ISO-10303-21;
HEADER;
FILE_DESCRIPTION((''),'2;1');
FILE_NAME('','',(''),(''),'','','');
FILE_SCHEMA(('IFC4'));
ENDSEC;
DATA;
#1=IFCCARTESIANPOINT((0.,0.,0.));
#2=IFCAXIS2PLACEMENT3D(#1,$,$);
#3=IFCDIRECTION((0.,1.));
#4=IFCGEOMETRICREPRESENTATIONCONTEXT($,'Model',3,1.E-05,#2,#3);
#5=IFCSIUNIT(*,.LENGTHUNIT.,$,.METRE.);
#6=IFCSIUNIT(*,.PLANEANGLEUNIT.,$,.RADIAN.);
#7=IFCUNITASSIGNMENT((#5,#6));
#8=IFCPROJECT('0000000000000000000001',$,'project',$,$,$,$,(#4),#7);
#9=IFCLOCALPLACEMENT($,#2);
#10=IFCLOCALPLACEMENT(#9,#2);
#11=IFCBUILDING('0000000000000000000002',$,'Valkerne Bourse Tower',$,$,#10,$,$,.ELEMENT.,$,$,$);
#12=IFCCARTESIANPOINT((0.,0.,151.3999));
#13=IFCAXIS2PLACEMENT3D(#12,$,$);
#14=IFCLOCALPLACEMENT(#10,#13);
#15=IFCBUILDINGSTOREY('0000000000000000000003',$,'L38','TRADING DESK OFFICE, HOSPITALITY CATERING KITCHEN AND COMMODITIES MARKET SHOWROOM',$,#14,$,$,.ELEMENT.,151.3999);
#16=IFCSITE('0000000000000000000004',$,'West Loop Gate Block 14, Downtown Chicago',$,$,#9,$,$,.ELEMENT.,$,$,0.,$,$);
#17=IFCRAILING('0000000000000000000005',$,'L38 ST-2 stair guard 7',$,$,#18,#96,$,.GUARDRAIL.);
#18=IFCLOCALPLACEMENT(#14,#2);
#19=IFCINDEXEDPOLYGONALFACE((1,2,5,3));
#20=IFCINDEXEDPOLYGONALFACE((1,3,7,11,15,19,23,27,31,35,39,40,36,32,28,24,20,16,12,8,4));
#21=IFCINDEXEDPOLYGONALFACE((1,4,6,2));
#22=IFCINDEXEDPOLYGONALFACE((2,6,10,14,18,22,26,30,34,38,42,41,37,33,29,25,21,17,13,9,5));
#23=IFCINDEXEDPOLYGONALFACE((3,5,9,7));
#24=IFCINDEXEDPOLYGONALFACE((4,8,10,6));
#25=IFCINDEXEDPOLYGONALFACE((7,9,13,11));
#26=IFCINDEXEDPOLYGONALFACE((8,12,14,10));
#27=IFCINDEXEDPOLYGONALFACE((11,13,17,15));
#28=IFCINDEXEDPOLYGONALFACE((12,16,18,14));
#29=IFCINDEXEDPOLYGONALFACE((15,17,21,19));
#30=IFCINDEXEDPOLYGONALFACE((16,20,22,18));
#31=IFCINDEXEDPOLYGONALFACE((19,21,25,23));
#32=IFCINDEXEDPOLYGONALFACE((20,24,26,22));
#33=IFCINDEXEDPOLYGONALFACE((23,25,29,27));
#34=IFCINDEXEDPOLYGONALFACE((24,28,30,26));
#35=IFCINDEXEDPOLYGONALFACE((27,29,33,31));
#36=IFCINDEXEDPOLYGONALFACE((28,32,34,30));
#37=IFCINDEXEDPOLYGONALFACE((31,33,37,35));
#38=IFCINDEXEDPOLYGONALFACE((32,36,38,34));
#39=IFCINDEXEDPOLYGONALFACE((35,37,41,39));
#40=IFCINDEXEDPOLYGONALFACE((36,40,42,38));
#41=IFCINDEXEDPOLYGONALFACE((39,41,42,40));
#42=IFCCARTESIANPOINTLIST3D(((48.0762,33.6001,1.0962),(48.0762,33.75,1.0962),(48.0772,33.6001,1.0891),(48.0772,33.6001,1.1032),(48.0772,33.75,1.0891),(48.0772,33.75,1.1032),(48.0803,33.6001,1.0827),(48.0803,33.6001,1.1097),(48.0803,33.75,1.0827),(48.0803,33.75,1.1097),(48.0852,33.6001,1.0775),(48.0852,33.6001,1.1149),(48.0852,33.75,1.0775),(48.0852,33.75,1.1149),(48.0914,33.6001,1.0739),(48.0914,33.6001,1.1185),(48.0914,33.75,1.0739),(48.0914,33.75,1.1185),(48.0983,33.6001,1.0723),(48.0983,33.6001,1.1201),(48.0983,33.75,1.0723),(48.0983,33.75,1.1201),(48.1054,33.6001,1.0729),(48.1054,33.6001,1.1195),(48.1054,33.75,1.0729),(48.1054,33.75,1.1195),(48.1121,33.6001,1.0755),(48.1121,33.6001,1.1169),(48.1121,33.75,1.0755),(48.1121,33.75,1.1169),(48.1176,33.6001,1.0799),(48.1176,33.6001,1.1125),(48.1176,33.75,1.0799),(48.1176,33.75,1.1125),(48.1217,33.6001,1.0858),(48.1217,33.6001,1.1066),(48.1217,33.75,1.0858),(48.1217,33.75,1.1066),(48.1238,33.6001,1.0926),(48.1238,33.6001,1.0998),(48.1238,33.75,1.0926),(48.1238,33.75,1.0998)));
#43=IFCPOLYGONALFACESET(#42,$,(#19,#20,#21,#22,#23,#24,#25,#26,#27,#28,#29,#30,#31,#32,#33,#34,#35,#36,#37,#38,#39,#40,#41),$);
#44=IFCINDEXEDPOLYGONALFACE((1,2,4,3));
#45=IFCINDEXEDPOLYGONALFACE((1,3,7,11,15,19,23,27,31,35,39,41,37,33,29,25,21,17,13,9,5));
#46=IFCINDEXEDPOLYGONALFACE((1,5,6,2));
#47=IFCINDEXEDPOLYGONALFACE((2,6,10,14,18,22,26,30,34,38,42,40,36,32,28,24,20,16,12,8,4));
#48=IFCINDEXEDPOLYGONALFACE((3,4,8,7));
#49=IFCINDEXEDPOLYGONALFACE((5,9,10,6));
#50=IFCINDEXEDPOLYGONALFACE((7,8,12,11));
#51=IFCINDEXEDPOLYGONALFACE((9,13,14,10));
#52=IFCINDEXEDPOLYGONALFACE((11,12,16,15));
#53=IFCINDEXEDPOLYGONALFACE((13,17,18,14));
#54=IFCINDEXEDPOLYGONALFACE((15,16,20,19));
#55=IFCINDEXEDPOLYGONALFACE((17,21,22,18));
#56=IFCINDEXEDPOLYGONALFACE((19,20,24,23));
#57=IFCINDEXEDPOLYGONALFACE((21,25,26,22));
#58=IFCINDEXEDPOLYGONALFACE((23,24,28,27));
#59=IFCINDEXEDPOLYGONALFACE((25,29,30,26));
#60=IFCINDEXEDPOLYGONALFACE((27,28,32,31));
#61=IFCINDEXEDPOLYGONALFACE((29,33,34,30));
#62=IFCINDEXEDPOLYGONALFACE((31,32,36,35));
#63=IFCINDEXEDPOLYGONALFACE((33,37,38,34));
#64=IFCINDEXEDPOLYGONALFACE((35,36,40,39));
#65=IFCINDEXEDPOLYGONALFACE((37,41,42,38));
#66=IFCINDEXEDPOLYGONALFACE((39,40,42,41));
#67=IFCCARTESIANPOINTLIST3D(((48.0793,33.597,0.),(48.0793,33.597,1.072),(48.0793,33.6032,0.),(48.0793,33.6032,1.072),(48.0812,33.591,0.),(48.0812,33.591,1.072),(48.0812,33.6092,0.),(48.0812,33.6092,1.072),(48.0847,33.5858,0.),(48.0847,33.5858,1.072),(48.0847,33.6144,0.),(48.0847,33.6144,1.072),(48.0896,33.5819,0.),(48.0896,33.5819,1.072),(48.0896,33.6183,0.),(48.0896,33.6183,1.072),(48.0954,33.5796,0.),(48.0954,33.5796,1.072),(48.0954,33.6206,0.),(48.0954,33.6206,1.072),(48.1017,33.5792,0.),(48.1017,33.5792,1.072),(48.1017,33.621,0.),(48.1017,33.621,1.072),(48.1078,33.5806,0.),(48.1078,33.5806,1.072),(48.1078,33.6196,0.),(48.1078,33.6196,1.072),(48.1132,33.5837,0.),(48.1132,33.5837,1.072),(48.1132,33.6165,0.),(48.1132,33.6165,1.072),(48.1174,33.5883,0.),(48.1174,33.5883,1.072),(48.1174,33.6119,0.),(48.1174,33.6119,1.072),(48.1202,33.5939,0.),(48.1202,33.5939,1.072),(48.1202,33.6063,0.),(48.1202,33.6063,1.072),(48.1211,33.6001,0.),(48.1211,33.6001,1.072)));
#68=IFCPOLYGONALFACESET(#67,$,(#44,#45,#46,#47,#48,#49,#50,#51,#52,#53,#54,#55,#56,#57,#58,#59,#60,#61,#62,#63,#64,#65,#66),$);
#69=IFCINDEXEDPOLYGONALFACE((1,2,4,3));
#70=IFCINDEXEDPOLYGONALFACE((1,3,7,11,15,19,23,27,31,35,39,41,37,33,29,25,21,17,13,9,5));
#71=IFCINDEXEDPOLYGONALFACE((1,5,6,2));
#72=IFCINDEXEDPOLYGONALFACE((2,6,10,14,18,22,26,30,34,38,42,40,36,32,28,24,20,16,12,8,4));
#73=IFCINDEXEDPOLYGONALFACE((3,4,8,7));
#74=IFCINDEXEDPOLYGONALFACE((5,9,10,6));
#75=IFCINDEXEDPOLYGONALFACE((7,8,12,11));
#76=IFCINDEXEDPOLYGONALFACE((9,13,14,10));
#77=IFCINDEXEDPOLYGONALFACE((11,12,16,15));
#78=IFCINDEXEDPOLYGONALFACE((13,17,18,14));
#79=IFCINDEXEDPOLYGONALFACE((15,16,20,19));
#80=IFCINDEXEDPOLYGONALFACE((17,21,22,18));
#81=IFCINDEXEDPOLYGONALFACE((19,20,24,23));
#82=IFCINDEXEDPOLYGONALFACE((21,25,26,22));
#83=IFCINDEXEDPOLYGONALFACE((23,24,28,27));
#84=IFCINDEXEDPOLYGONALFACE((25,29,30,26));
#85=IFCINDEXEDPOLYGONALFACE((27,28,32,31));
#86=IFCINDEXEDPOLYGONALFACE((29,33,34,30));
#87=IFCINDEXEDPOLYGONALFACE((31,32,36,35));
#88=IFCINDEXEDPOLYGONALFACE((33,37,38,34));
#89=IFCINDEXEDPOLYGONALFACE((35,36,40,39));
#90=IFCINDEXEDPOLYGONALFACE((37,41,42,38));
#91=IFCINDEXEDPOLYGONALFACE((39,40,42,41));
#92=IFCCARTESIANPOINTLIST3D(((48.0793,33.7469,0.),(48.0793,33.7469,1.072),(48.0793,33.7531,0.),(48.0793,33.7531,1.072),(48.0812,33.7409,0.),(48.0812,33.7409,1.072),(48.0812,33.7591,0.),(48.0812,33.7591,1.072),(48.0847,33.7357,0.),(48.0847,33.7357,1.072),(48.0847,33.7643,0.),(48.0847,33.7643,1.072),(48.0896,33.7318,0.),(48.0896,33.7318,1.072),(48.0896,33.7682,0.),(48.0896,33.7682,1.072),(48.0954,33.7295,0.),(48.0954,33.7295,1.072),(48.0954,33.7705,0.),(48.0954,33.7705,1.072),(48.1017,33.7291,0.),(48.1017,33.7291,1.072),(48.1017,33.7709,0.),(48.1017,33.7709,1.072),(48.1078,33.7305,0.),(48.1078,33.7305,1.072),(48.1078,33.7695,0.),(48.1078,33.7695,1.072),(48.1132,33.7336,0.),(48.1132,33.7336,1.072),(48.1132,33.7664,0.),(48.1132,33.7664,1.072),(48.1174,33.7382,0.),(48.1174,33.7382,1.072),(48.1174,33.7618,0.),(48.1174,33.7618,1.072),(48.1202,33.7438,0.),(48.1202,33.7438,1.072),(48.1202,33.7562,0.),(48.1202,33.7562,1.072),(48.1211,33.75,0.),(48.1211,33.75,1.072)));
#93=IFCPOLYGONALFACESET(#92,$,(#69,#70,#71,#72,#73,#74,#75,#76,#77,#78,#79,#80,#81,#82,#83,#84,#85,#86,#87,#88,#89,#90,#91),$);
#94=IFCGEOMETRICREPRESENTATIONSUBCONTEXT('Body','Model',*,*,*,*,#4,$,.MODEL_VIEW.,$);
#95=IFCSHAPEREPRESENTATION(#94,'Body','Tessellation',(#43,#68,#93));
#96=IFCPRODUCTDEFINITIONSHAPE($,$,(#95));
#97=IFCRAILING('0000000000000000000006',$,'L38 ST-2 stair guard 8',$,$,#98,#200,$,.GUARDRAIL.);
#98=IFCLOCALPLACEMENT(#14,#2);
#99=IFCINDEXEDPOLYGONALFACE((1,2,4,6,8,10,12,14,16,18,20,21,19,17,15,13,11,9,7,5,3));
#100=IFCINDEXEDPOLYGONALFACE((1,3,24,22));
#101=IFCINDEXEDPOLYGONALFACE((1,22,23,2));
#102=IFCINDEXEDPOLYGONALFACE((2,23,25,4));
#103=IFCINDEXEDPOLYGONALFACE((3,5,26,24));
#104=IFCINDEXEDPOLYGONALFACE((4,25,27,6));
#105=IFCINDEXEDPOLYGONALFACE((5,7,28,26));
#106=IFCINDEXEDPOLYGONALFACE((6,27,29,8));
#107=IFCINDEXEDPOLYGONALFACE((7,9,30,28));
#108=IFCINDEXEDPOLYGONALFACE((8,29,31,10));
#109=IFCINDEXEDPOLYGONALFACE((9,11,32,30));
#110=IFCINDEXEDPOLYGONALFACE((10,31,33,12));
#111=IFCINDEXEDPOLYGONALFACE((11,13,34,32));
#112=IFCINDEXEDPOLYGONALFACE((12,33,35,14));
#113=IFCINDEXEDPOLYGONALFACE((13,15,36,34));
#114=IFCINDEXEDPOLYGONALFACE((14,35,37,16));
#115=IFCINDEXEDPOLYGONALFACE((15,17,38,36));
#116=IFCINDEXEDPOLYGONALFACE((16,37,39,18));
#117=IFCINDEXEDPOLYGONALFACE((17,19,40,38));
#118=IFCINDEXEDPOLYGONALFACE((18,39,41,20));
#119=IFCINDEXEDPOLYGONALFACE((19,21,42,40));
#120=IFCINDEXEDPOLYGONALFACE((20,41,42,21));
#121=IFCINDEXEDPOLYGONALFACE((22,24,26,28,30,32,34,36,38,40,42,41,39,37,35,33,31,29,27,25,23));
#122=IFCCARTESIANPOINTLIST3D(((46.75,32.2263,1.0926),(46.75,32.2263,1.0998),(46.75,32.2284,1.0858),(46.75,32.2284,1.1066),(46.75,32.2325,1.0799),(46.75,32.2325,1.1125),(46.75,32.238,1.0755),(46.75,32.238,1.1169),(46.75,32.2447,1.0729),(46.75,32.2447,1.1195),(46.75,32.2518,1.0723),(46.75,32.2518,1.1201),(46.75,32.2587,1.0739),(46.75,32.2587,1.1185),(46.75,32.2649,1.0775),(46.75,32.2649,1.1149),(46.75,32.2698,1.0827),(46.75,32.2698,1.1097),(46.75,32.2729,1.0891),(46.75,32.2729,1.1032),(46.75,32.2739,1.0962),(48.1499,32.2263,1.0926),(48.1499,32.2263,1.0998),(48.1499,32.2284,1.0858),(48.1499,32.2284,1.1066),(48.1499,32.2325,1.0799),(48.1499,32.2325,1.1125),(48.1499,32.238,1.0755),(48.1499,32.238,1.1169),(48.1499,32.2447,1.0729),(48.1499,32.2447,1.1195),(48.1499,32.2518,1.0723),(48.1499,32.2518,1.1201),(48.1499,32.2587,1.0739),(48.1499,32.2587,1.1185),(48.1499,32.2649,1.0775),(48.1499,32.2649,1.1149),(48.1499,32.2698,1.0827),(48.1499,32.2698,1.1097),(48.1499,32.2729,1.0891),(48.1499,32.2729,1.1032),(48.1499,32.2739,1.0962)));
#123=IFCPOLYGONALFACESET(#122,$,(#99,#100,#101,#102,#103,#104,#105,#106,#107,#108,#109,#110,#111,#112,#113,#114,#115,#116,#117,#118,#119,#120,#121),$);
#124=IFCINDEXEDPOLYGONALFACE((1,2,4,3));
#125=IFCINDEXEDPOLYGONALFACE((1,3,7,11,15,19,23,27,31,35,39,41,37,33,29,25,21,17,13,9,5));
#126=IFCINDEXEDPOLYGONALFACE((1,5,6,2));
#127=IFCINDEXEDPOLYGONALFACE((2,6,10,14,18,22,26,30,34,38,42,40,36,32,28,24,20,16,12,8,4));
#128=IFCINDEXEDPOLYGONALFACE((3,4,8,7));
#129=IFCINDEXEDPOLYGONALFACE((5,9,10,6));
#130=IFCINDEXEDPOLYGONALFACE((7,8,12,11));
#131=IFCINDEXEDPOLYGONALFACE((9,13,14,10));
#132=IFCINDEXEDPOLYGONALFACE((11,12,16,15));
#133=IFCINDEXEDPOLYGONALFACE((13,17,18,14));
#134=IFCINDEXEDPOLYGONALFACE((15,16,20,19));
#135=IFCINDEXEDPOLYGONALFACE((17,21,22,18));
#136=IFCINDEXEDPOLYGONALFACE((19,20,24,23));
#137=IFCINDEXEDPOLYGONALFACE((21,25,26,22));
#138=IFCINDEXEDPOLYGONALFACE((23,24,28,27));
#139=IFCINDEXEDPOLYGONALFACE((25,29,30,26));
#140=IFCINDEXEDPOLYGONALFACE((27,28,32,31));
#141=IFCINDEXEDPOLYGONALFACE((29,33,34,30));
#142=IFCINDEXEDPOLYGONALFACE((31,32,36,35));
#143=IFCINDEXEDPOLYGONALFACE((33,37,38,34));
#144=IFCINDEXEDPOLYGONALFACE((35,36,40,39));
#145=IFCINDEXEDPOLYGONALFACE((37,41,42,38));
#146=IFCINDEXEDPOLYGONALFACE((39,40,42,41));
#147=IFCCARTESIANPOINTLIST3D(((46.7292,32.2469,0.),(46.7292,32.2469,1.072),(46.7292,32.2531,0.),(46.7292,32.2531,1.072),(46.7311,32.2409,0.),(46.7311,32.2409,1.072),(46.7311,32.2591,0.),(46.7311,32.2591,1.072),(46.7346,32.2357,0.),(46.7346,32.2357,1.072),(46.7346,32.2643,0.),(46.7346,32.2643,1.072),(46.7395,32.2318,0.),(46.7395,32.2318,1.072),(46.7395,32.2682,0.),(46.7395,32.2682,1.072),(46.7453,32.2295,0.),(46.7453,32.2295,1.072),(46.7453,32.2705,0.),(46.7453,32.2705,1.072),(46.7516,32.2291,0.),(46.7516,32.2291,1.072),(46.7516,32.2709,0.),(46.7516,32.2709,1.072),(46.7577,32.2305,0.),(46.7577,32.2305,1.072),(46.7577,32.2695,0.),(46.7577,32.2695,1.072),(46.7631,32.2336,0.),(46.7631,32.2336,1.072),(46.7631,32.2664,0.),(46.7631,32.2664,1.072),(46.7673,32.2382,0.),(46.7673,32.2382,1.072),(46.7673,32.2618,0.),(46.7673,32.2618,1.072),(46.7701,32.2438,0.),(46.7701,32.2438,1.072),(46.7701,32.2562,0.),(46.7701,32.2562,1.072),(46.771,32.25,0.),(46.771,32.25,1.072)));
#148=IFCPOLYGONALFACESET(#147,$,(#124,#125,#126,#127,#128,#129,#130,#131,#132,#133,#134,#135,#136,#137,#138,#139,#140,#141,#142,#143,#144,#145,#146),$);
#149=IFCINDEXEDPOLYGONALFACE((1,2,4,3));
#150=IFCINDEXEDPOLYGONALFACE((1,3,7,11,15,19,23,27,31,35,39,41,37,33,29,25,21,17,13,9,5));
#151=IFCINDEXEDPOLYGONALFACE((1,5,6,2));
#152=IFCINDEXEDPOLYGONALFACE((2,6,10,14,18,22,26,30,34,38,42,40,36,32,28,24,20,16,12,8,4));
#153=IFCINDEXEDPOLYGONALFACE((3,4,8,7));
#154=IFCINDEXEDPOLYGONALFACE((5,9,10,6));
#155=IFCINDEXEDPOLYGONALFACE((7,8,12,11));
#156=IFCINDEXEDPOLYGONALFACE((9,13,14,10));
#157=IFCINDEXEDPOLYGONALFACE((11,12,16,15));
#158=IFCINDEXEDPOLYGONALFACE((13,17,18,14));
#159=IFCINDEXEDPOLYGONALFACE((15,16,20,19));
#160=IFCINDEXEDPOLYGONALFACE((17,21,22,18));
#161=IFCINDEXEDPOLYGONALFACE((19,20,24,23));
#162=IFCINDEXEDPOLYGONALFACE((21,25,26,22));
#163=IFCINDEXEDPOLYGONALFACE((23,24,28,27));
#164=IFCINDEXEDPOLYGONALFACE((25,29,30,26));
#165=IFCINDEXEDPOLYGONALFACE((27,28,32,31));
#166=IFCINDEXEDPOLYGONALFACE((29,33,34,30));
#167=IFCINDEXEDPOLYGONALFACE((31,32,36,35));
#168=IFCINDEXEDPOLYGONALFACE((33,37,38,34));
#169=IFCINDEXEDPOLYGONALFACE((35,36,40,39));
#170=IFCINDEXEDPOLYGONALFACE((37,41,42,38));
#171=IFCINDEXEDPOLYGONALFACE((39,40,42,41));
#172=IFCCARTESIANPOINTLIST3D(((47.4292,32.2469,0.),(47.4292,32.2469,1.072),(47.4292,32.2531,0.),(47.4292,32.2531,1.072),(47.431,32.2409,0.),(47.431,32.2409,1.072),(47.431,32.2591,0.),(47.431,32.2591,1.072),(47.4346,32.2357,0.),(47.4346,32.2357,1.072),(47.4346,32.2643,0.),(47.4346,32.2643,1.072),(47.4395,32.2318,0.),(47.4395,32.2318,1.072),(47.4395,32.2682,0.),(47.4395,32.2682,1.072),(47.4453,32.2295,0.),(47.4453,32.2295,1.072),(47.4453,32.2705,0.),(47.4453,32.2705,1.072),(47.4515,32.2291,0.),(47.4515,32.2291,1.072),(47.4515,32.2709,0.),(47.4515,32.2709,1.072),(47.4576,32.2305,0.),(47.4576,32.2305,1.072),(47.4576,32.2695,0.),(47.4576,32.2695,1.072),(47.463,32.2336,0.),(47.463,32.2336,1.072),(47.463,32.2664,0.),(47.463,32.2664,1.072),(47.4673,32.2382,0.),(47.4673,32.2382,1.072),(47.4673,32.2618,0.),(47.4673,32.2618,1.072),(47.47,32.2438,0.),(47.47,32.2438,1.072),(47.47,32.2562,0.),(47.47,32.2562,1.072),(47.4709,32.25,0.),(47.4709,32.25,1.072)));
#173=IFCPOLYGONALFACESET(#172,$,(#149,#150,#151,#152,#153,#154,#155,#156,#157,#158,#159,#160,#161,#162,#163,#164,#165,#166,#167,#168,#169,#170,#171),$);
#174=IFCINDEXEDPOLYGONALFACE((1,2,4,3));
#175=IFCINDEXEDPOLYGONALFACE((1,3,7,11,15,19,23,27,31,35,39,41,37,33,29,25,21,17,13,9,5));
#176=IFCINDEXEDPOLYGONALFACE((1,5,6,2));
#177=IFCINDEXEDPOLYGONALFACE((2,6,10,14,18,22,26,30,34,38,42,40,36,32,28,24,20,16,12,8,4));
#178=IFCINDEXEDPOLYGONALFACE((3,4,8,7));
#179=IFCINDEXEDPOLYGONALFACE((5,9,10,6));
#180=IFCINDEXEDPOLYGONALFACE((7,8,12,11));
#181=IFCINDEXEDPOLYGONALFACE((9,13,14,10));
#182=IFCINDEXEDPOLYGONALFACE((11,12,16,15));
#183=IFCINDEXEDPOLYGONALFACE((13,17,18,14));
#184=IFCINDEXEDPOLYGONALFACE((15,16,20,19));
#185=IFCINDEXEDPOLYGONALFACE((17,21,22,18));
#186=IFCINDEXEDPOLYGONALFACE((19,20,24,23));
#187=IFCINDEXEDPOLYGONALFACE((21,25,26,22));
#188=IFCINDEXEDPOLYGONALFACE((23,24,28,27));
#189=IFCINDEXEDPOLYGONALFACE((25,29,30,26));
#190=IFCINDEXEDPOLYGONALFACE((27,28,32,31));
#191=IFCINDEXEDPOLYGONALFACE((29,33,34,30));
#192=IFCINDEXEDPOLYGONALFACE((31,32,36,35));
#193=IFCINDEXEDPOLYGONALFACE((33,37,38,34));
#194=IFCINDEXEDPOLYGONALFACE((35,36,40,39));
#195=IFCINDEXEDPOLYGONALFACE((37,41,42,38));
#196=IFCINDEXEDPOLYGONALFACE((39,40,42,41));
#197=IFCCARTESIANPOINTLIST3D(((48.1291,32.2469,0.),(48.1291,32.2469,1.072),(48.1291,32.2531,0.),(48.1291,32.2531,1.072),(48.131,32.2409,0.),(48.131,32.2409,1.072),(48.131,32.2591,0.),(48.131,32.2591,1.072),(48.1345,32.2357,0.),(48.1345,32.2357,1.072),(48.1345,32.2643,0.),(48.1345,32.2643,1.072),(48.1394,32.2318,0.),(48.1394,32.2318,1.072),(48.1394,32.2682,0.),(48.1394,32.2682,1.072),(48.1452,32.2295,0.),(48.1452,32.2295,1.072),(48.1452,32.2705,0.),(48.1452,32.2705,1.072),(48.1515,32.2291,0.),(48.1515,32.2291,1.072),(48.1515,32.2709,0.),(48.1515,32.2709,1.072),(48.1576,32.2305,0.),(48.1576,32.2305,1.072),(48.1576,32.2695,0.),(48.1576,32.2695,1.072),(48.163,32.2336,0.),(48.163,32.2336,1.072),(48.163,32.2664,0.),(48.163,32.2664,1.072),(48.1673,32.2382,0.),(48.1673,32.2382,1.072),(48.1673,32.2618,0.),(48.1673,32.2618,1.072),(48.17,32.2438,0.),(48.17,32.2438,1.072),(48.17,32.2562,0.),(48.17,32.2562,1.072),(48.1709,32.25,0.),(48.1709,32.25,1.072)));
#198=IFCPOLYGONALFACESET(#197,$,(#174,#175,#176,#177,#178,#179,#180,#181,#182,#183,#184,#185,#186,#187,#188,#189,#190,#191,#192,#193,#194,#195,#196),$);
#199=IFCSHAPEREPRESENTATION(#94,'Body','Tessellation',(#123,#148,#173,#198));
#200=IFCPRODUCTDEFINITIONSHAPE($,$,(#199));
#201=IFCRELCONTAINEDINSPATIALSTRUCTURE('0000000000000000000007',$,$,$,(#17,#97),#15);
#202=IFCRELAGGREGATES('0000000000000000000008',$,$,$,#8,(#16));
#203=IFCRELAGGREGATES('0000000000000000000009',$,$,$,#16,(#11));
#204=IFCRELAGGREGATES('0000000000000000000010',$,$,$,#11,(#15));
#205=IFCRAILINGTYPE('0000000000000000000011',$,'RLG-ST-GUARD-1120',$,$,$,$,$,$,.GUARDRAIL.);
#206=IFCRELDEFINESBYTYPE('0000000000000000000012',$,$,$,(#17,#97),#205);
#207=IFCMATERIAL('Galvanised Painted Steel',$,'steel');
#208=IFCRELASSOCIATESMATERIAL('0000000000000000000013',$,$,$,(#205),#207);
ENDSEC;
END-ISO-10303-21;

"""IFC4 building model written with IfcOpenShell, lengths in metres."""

from ifc_helpers import new_model, si_unit, direction, frame, origin, origin_2d, place, context, subcontext, project, spatial, circle, extrude, material, type_object, element, save


model = new_model("IFC4")

# Units and contexts
model_context = context("Model", 3, precision=1e-05, world=origin(), true_north=direction((0.0, 1.0)))
body_context = subcontext(model_context, "Body", "Model", "MODEL_VIEW")
ifc_project = project(units=[si_unit("LENGTHUNIT", "METRE"), si_unit("PLANEANGLEUNIT", "RADIAN")], contexts=[model_context])

# Site, building, storey
site_placement = place(None, origin())
site = spatial("IfcSite", under=ifc_project, at=site_placement, Name="West Loop Gate Block 14, Downtown Chicago", CompositionType="ELEMENT", RefElevation=0.0)
building_placement = place(site_placement, origin())
building = spatial("IfcBuilding", under=site, at=building_placement, Name="Valkerne Bourse Tower", CompositionType="ELEMENT")
storey_placement = place(building_placement, frame((0.0, 0.0, 151.3999)))
storey = spatial("IfcBuildingStorey", under=building, at=storey_placement, Name="L38", Description="TRADING DESK OFFICE, HOSPITALITY CATERING KITCHEN AND COMMODITIES MARKET SHOWROOM", CompositionType="ELEMENT", Elevation=151.3999)

# Shared definitions
ifc_material_1 = material(Name="Galvanised Painted Steel", Category="steel")

# Railings
railing_type_1 = type_object("IfcRailingType", Name="RLG-ST-GUARD-1120", PredefinedType="GUARDRAIL", material=ifc_material_1)
railing_1_placement = place(storey_placement, frame((48.1001, 33.6001, 0.0)))
element("IfcRailing", 1, at=railing_1_placement, inside=storey, type_object=railing_type_1, Name="L38 ST-2 stair guard 7", PredefinedType="GUARDRAIL", context=body_context, shape_type="SweptSolid", body=[
    extrude(circle(Radius=0.0239, at=origin_2d()), frame((0.0, 0.0, 1.0962), z_axis=(0.0, 1.0, 0.0), x_axis=(-1.0, 0.0, 0.0)), (0.0, 0.0, 1.0), 0.1499),
    extrude(circle(Radius=0.021, at=origin_2d()), origin(), (0.0, 0.0, 1.0), 1.072),
    extrude(circle(Radius=0.021, at=origin_2d()), frame((0.0, 0.1499, 0.0)), (0.0, 0.0, 1.0), 1.072),
])
for number, where, name in (
    (2, (46.75, 32.25, 0.0), "L38 ST-2 stair guard 8"),
):
    element("IfcRailing", number, at=place(storey_placement, frame(where)), inside=storey, type_object=railing_type_1, Name=name, PredefinedType="GUARDRAIL", context=body_context, shape_type="SweptSolid", body=[
        extrude(circle(Radius=0.0239, at=origin_2d()), frame((0.0, 0.0, 1.0962), z_axis=(1.0, 0.0, 0.0), x_axis=(0.0, 1.0, 0.0)), (0.0, 0.0, 1.0), 1.3999),
        extrude(circle(Radius=0.021, at=origin_2d()), origin(), (0.0, 0.0, 1.0), 1.072),
        extrude(circle(Radius=0.021, at=origin_2d()), frame((0.7, 0.0, 0.0)), (0.0, 0.0, 1.0), 1.072),
        extrude(circle(Radius=0.021, at=origin_2d()), frame((1.3999, 0.0, 0.0)), (0.0, 0.0, 1.0), 1.072),
    ])

save(model, "model.ifc")
